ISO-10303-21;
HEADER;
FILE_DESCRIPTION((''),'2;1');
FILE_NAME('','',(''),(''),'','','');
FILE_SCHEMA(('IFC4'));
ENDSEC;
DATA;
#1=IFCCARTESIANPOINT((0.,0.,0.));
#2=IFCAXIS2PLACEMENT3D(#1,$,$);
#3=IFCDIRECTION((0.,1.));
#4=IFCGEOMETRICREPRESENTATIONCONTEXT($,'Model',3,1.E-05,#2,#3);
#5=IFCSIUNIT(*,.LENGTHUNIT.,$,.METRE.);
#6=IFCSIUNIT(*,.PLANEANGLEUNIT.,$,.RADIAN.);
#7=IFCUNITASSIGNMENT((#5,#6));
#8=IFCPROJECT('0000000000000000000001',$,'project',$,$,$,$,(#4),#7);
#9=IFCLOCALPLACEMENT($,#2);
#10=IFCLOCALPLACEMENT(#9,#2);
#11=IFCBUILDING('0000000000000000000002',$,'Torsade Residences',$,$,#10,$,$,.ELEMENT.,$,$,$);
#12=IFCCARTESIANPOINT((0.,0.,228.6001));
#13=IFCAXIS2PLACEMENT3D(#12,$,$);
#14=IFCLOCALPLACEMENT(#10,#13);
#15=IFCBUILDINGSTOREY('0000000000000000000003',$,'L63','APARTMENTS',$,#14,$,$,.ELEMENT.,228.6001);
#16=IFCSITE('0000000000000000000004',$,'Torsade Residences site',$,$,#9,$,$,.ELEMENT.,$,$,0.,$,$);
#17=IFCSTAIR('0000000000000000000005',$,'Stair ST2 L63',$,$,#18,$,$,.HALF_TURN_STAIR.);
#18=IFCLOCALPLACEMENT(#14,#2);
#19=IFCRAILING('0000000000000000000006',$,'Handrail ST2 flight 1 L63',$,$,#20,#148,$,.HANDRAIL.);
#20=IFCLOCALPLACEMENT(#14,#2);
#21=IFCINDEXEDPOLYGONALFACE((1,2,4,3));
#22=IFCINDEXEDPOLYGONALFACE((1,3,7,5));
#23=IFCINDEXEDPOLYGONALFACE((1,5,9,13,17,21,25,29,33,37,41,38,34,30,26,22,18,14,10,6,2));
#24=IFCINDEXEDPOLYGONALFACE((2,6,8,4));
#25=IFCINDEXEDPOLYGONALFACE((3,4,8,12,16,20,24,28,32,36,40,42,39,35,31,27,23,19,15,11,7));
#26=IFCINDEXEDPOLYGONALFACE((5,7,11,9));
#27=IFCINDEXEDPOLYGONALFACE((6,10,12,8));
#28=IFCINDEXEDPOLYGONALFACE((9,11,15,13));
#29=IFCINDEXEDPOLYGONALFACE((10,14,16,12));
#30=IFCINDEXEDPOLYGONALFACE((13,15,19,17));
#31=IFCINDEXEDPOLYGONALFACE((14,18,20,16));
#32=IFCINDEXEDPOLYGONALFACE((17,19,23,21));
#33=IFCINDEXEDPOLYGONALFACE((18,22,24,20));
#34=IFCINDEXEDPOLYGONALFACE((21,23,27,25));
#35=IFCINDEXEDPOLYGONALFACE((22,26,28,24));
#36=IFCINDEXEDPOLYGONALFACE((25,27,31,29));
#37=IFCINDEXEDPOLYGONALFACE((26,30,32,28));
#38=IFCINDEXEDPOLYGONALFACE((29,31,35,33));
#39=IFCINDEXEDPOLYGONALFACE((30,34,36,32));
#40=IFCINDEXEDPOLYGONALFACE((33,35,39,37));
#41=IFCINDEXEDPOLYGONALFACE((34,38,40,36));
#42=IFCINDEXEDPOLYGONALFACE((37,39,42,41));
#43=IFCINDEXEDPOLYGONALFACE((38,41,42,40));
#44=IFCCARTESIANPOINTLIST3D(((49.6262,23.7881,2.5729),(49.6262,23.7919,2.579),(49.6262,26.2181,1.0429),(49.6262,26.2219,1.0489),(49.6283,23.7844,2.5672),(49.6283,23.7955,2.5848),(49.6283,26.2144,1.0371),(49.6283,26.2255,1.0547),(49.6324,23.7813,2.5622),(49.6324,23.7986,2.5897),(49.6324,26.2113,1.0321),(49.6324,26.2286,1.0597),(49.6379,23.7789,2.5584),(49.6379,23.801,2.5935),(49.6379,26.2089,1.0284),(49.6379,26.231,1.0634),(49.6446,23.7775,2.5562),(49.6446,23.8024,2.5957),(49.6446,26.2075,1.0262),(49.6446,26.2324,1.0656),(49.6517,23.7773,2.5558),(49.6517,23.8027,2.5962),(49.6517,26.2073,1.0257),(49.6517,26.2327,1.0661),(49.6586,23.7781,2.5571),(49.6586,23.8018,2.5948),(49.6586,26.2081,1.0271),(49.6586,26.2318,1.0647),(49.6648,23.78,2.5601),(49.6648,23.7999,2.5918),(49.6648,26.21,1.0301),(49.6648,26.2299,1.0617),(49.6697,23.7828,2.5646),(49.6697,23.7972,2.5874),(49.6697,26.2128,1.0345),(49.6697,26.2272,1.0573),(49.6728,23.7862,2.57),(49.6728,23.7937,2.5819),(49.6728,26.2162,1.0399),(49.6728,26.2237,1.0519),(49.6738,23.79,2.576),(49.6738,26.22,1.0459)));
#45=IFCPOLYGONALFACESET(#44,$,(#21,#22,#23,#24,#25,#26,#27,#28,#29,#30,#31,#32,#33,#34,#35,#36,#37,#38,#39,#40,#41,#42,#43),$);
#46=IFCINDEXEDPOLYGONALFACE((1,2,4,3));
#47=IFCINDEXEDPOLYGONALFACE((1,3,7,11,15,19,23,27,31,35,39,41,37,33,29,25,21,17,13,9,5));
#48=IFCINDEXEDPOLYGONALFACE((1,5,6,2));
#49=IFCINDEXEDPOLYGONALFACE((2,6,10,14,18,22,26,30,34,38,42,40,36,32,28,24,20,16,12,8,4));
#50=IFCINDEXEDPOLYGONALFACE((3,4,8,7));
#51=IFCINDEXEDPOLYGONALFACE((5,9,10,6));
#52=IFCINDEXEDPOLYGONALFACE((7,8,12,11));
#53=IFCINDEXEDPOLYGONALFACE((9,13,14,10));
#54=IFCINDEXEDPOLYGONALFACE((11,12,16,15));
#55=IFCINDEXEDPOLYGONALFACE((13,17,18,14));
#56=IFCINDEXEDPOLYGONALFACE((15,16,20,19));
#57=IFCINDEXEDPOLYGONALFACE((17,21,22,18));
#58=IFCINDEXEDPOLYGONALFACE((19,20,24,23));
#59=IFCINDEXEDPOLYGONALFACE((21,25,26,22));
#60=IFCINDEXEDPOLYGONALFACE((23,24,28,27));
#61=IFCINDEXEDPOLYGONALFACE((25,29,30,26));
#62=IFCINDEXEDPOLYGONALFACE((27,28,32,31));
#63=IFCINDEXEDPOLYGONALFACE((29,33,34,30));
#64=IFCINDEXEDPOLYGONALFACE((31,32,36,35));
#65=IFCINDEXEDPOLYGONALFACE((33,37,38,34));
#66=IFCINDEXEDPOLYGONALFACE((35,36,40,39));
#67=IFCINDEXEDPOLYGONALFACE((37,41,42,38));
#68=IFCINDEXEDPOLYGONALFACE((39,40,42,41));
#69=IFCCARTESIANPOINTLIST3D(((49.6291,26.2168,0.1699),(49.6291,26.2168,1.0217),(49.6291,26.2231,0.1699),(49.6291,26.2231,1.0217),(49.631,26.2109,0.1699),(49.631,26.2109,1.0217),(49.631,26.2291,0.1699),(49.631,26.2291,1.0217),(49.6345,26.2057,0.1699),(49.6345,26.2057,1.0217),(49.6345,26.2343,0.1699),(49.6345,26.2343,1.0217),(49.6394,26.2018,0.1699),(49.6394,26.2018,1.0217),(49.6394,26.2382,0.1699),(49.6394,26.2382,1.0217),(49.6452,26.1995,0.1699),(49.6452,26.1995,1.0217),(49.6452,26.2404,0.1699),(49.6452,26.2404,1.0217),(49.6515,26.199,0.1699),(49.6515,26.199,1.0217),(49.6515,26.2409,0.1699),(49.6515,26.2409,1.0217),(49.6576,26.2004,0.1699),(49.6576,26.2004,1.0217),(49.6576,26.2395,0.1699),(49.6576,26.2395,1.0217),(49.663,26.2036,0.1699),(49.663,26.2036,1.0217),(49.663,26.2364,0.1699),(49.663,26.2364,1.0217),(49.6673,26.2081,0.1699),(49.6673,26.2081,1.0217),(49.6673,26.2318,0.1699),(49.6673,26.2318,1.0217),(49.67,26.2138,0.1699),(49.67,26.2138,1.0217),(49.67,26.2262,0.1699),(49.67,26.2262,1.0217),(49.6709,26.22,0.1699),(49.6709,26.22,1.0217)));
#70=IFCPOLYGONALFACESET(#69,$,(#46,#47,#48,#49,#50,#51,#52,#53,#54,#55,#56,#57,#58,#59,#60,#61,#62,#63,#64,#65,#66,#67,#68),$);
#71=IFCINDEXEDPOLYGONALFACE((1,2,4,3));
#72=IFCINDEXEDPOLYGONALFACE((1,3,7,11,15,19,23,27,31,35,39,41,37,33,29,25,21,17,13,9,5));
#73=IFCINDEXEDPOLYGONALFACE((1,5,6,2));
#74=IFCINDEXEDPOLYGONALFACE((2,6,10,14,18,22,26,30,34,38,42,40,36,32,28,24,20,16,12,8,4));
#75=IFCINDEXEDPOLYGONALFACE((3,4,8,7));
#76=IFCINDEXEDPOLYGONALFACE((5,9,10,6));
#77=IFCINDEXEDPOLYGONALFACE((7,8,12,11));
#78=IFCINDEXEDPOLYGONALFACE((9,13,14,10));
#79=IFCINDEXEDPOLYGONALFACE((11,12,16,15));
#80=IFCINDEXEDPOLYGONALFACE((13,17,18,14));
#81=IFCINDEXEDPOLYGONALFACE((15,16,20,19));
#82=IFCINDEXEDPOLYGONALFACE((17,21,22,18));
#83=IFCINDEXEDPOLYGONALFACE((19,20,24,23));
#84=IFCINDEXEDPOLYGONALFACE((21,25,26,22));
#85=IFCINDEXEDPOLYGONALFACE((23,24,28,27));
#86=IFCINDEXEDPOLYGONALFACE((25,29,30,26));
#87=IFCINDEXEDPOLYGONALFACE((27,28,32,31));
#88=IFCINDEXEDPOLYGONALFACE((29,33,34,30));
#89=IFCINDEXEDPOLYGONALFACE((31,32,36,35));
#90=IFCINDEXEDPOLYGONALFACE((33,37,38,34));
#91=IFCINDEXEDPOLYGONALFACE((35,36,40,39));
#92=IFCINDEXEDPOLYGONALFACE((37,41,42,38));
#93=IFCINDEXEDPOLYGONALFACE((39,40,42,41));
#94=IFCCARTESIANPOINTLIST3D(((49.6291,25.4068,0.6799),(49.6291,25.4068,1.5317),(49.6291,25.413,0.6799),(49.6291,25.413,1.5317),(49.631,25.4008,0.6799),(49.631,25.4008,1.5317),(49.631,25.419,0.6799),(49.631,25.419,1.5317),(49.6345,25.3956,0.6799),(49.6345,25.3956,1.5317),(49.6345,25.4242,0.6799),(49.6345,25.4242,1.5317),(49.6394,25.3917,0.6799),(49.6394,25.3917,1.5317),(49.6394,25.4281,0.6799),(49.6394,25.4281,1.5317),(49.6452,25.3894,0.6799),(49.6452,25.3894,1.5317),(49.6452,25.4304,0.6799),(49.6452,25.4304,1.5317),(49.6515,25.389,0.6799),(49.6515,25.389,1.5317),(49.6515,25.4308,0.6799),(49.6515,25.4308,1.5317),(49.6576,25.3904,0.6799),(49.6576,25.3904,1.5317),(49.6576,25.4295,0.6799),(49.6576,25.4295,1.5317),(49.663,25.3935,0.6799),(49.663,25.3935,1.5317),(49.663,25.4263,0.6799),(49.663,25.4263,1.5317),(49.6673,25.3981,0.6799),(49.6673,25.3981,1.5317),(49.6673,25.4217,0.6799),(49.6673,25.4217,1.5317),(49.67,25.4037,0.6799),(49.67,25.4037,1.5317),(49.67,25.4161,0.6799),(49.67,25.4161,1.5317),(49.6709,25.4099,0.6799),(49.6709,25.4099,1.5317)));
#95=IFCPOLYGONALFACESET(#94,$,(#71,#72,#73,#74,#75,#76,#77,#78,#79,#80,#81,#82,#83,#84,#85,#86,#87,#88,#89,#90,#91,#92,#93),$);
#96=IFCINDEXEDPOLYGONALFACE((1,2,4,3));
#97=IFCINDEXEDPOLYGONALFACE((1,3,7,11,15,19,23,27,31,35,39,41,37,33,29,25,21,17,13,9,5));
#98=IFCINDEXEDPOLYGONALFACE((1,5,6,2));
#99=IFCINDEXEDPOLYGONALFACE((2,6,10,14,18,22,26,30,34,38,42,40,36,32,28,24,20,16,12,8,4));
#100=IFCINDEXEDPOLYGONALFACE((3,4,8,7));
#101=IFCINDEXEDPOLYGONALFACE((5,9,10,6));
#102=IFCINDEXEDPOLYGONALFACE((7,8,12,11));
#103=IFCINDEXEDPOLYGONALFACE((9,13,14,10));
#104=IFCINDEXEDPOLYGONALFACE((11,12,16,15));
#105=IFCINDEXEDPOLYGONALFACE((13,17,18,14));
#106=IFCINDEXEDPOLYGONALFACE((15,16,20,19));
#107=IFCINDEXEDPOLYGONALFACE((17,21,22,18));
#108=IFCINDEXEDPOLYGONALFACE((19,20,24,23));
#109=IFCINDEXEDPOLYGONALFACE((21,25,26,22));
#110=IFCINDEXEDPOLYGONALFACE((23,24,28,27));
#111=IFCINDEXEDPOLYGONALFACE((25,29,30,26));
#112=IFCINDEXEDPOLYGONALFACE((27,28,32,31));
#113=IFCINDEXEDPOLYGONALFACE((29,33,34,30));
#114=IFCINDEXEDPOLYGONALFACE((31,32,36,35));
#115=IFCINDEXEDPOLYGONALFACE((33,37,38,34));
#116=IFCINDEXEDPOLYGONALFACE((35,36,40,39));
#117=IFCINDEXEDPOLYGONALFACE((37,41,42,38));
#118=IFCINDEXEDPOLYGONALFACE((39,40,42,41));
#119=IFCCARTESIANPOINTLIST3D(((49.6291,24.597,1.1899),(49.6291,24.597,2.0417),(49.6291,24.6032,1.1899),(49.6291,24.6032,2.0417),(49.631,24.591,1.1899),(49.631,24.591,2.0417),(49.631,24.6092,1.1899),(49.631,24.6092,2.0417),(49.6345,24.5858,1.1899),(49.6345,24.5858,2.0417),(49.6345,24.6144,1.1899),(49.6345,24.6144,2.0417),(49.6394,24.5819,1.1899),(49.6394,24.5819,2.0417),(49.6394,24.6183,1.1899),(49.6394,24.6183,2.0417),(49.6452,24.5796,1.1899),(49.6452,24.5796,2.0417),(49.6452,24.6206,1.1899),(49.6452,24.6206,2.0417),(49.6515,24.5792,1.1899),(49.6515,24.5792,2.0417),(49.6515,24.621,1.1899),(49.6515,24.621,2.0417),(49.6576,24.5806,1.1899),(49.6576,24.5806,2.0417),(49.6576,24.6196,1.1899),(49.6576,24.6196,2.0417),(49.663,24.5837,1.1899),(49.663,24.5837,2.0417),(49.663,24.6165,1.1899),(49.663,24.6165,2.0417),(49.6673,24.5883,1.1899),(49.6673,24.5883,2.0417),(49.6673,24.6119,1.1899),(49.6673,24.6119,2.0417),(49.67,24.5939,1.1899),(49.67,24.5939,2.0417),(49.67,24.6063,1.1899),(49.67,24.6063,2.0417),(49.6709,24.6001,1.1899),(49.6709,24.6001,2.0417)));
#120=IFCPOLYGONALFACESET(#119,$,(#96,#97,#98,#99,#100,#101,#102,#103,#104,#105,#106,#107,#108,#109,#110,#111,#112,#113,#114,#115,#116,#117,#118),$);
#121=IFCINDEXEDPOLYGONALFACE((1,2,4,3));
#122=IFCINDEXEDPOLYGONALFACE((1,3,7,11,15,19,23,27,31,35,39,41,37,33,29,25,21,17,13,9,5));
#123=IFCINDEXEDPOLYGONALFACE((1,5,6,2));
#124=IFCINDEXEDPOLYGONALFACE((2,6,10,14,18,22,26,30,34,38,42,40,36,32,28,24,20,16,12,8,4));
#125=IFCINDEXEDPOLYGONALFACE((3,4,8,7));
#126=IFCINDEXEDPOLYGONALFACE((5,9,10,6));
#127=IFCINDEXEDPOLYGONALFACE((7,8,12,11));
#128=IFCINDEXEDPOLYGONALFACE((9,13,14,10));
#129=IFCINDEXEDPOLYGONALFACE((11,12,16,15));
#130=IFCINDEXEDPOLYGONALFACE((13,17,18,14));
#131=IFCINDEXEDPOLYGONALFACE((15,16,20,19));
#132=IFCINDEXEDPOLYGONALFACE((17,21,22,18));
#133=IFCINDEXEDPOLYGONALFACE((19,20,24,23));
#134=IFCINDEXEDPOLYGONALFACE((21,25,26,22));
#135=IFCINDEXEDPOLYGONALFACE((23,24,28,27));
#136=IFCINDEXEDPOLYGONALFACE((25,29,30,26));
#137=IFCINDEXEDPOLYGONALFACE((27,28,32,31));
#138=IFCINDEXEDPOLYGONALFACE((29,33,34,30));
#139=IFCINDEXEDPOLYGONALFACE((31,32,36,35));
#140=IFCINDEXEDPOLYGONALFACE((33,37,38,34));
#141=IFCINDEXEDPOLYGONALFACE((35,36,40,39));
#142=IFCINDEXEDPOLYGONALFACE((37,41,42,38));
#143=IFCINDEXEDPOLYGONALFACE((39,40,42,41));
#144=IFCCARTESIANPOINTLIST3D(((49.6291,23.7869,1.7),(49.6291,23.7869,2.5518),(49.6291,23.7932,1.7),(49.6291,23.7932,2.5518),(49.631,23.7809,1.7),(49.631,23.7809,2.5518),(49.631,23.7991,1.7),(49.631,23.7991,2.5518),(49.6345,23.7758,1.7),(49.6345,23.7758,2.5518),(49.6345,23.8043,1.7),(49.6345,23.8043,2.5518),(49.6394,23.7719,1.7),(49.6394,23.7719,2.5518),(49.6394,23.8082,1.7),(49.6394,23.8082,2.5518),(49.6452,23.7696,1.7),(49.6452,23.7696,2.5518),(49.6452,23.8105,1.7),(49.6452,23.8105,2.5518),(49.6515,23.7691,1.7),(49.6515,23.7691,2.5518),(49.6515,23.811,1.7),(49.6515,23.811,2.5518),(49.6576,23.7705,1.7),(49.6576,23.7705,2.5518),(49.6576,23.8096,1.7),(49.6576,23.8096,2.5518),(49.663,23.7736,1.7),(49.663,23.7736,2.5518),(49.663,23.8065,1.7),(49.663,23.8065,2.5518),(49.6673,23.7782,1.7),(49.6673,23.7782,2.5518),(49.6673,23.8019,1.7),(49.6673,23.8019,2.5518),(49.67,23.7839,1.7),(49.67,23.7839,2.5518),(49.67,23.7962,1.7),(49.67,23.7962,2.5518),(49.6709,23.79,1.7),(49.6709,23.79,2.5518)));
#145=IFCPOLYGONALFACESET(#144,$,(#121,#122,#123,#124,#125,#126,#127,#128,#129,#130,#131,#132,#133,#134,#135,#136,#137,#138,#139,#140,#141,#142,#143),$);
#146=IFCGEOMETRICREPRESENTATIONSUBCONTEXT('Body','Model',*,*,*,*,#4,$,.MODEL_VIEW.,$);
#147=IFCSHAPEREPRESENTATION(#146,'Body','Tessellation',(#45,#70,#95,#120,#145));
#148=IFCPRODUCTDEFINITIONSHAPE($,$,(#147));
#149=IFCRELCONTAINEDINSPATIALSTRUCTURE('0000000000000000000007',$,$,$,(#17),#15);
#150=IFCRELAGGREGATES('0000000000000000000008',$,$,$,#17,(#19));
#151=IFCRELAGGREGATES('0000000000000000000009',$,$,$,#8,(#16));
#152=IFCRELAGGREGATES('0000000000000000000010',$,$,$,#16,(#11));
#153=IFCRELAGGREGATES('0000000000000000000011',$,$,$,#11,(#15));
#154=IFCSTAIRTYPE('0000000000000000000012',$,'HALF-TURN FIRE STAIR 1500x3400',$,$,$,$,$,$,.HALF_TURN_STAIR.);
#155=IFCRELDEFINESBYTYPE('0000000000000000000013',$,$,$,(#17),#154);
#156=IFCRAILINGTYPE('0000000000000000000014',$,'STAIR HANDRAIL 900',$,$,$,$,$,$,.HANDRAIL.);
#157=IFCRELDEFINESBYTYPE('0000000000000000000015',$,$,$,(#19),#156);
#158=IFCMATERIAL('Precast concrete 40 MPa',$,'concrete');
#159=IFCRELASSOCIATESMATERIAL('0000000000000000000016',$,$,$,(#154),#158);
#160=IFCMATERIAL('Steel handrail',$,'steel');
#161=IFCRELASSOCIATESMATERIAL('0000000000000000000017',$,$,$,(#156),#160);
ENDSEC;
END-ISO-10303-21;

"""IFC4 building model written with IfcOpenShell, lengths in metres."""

from ifc_helpers import new_model, si_unit, direction, frame, origin, origin_2d, place, context, subcontext, project, spatial, circle, extrude, material, type_object, element, aggregate, save


model = new_model("IFC4")

# Units and contexts
model_context = context("Model", 3, precision=1e-05, world=origin(), true_north=direction((0.0, 1.0)))
body_context = subcontext(model_context, "Body", "Model", "MODEL_VIEW")
ifc_project = project(units=[si_unit("LENGTHUNIT", "METRE"), si_unit("PLANEANGLEUNIT", "RADIAN")], contexts=[model_context])

# Site, building, storey
site_placement = place(None, origin())
site = spatial("IfcSite", under=ifc_project, at=site_placement, Name="Torsade Residences site", CompositionType="ELEMENT", RefElevation=0.0)
building_placement = place(site_placement, origin())
building = spatial("IfcBuilding", under=site, at=building_placement, Name="Torsade Residences", CompositionType="ELEMENT")
storey_placement = place(building_placement, frame((0.0, 0.0, 228.6001)))
storey = spatial("IfcBuildingStorey", under=building, at=storey_placement, Name="L63", Description="APARTMENTS", CompositionType="ELEMENT", Elevation=228.6001)

# Stair, railing
ifc_material_1 = material(Name="Precast concrete 40 MPa", Category="concrete")
stair_type = type_object("IfcStairType", Name="HALF-TURN FIRE STAIR 1500x3400", PredefinedType="HALF_TURN_STAIR", material=ifc_material_1)
stair_placement = place(storey_placement, origin())
stair = element("IfcStair", 1, at=stair_placement, inside=storey, type_object=stair_type, Name="Stair ST2 L63", PredefinedType="HALF_TURN_STAIR")
ifc_material_2 = material(Name="Steel handrail", Category="steel")
railing_type = type_object("IfcRailingType", Name="STAIR HANDRAIL 900", PredefinedType="HANDRAIL", material=ifc_material_2)
railing_1_placement = place(storey_placement, frame((49.6499, 26.22, 0.1699)))
railing_1 = element("IfcRailing", 2, at=railing_1_placement, type_object=railing_type, Name="Handrail ST2 flight 1 L63", PredefinedType="HANDRAIL", context=body_context, shape_type="SweptSolid", body=[
    extrude(circle(Radius=0.0239, at=origin_2d()), frame((0.0, 0.0, 0.876), z_axis=(0.0, -0.846221, 0.532831), x_axis=(1.0, 0.0, 0.0)), (0.0, 0.0, 1.0), 2.8716),
    extrude(circle(Radius=0.021, at=origin_2d()), origin(), (0.0, 0.0, 1.0), 0.8518),
    extrude(circle(Radius=0.021, at=origin_2d()), frame((0.0, -0.8101, 0.51)), (0.0, 0.0, 1.0), 0.8518),
    extrude(circle(Radius=0.021, at=origin_2d()), frame((0.0, -1.6199, 1.02)), (0.0, 0.0, 1.0), 0.8518),
    extrude(circle(Radius=0.021, at=origin_2d()), frame((0.0, -2.4299, 1.53)), (0.0, 0.0, 1.0), 0.8518),
])
aggregate(stair, [railing_1])

save(model, "model.ifc")
